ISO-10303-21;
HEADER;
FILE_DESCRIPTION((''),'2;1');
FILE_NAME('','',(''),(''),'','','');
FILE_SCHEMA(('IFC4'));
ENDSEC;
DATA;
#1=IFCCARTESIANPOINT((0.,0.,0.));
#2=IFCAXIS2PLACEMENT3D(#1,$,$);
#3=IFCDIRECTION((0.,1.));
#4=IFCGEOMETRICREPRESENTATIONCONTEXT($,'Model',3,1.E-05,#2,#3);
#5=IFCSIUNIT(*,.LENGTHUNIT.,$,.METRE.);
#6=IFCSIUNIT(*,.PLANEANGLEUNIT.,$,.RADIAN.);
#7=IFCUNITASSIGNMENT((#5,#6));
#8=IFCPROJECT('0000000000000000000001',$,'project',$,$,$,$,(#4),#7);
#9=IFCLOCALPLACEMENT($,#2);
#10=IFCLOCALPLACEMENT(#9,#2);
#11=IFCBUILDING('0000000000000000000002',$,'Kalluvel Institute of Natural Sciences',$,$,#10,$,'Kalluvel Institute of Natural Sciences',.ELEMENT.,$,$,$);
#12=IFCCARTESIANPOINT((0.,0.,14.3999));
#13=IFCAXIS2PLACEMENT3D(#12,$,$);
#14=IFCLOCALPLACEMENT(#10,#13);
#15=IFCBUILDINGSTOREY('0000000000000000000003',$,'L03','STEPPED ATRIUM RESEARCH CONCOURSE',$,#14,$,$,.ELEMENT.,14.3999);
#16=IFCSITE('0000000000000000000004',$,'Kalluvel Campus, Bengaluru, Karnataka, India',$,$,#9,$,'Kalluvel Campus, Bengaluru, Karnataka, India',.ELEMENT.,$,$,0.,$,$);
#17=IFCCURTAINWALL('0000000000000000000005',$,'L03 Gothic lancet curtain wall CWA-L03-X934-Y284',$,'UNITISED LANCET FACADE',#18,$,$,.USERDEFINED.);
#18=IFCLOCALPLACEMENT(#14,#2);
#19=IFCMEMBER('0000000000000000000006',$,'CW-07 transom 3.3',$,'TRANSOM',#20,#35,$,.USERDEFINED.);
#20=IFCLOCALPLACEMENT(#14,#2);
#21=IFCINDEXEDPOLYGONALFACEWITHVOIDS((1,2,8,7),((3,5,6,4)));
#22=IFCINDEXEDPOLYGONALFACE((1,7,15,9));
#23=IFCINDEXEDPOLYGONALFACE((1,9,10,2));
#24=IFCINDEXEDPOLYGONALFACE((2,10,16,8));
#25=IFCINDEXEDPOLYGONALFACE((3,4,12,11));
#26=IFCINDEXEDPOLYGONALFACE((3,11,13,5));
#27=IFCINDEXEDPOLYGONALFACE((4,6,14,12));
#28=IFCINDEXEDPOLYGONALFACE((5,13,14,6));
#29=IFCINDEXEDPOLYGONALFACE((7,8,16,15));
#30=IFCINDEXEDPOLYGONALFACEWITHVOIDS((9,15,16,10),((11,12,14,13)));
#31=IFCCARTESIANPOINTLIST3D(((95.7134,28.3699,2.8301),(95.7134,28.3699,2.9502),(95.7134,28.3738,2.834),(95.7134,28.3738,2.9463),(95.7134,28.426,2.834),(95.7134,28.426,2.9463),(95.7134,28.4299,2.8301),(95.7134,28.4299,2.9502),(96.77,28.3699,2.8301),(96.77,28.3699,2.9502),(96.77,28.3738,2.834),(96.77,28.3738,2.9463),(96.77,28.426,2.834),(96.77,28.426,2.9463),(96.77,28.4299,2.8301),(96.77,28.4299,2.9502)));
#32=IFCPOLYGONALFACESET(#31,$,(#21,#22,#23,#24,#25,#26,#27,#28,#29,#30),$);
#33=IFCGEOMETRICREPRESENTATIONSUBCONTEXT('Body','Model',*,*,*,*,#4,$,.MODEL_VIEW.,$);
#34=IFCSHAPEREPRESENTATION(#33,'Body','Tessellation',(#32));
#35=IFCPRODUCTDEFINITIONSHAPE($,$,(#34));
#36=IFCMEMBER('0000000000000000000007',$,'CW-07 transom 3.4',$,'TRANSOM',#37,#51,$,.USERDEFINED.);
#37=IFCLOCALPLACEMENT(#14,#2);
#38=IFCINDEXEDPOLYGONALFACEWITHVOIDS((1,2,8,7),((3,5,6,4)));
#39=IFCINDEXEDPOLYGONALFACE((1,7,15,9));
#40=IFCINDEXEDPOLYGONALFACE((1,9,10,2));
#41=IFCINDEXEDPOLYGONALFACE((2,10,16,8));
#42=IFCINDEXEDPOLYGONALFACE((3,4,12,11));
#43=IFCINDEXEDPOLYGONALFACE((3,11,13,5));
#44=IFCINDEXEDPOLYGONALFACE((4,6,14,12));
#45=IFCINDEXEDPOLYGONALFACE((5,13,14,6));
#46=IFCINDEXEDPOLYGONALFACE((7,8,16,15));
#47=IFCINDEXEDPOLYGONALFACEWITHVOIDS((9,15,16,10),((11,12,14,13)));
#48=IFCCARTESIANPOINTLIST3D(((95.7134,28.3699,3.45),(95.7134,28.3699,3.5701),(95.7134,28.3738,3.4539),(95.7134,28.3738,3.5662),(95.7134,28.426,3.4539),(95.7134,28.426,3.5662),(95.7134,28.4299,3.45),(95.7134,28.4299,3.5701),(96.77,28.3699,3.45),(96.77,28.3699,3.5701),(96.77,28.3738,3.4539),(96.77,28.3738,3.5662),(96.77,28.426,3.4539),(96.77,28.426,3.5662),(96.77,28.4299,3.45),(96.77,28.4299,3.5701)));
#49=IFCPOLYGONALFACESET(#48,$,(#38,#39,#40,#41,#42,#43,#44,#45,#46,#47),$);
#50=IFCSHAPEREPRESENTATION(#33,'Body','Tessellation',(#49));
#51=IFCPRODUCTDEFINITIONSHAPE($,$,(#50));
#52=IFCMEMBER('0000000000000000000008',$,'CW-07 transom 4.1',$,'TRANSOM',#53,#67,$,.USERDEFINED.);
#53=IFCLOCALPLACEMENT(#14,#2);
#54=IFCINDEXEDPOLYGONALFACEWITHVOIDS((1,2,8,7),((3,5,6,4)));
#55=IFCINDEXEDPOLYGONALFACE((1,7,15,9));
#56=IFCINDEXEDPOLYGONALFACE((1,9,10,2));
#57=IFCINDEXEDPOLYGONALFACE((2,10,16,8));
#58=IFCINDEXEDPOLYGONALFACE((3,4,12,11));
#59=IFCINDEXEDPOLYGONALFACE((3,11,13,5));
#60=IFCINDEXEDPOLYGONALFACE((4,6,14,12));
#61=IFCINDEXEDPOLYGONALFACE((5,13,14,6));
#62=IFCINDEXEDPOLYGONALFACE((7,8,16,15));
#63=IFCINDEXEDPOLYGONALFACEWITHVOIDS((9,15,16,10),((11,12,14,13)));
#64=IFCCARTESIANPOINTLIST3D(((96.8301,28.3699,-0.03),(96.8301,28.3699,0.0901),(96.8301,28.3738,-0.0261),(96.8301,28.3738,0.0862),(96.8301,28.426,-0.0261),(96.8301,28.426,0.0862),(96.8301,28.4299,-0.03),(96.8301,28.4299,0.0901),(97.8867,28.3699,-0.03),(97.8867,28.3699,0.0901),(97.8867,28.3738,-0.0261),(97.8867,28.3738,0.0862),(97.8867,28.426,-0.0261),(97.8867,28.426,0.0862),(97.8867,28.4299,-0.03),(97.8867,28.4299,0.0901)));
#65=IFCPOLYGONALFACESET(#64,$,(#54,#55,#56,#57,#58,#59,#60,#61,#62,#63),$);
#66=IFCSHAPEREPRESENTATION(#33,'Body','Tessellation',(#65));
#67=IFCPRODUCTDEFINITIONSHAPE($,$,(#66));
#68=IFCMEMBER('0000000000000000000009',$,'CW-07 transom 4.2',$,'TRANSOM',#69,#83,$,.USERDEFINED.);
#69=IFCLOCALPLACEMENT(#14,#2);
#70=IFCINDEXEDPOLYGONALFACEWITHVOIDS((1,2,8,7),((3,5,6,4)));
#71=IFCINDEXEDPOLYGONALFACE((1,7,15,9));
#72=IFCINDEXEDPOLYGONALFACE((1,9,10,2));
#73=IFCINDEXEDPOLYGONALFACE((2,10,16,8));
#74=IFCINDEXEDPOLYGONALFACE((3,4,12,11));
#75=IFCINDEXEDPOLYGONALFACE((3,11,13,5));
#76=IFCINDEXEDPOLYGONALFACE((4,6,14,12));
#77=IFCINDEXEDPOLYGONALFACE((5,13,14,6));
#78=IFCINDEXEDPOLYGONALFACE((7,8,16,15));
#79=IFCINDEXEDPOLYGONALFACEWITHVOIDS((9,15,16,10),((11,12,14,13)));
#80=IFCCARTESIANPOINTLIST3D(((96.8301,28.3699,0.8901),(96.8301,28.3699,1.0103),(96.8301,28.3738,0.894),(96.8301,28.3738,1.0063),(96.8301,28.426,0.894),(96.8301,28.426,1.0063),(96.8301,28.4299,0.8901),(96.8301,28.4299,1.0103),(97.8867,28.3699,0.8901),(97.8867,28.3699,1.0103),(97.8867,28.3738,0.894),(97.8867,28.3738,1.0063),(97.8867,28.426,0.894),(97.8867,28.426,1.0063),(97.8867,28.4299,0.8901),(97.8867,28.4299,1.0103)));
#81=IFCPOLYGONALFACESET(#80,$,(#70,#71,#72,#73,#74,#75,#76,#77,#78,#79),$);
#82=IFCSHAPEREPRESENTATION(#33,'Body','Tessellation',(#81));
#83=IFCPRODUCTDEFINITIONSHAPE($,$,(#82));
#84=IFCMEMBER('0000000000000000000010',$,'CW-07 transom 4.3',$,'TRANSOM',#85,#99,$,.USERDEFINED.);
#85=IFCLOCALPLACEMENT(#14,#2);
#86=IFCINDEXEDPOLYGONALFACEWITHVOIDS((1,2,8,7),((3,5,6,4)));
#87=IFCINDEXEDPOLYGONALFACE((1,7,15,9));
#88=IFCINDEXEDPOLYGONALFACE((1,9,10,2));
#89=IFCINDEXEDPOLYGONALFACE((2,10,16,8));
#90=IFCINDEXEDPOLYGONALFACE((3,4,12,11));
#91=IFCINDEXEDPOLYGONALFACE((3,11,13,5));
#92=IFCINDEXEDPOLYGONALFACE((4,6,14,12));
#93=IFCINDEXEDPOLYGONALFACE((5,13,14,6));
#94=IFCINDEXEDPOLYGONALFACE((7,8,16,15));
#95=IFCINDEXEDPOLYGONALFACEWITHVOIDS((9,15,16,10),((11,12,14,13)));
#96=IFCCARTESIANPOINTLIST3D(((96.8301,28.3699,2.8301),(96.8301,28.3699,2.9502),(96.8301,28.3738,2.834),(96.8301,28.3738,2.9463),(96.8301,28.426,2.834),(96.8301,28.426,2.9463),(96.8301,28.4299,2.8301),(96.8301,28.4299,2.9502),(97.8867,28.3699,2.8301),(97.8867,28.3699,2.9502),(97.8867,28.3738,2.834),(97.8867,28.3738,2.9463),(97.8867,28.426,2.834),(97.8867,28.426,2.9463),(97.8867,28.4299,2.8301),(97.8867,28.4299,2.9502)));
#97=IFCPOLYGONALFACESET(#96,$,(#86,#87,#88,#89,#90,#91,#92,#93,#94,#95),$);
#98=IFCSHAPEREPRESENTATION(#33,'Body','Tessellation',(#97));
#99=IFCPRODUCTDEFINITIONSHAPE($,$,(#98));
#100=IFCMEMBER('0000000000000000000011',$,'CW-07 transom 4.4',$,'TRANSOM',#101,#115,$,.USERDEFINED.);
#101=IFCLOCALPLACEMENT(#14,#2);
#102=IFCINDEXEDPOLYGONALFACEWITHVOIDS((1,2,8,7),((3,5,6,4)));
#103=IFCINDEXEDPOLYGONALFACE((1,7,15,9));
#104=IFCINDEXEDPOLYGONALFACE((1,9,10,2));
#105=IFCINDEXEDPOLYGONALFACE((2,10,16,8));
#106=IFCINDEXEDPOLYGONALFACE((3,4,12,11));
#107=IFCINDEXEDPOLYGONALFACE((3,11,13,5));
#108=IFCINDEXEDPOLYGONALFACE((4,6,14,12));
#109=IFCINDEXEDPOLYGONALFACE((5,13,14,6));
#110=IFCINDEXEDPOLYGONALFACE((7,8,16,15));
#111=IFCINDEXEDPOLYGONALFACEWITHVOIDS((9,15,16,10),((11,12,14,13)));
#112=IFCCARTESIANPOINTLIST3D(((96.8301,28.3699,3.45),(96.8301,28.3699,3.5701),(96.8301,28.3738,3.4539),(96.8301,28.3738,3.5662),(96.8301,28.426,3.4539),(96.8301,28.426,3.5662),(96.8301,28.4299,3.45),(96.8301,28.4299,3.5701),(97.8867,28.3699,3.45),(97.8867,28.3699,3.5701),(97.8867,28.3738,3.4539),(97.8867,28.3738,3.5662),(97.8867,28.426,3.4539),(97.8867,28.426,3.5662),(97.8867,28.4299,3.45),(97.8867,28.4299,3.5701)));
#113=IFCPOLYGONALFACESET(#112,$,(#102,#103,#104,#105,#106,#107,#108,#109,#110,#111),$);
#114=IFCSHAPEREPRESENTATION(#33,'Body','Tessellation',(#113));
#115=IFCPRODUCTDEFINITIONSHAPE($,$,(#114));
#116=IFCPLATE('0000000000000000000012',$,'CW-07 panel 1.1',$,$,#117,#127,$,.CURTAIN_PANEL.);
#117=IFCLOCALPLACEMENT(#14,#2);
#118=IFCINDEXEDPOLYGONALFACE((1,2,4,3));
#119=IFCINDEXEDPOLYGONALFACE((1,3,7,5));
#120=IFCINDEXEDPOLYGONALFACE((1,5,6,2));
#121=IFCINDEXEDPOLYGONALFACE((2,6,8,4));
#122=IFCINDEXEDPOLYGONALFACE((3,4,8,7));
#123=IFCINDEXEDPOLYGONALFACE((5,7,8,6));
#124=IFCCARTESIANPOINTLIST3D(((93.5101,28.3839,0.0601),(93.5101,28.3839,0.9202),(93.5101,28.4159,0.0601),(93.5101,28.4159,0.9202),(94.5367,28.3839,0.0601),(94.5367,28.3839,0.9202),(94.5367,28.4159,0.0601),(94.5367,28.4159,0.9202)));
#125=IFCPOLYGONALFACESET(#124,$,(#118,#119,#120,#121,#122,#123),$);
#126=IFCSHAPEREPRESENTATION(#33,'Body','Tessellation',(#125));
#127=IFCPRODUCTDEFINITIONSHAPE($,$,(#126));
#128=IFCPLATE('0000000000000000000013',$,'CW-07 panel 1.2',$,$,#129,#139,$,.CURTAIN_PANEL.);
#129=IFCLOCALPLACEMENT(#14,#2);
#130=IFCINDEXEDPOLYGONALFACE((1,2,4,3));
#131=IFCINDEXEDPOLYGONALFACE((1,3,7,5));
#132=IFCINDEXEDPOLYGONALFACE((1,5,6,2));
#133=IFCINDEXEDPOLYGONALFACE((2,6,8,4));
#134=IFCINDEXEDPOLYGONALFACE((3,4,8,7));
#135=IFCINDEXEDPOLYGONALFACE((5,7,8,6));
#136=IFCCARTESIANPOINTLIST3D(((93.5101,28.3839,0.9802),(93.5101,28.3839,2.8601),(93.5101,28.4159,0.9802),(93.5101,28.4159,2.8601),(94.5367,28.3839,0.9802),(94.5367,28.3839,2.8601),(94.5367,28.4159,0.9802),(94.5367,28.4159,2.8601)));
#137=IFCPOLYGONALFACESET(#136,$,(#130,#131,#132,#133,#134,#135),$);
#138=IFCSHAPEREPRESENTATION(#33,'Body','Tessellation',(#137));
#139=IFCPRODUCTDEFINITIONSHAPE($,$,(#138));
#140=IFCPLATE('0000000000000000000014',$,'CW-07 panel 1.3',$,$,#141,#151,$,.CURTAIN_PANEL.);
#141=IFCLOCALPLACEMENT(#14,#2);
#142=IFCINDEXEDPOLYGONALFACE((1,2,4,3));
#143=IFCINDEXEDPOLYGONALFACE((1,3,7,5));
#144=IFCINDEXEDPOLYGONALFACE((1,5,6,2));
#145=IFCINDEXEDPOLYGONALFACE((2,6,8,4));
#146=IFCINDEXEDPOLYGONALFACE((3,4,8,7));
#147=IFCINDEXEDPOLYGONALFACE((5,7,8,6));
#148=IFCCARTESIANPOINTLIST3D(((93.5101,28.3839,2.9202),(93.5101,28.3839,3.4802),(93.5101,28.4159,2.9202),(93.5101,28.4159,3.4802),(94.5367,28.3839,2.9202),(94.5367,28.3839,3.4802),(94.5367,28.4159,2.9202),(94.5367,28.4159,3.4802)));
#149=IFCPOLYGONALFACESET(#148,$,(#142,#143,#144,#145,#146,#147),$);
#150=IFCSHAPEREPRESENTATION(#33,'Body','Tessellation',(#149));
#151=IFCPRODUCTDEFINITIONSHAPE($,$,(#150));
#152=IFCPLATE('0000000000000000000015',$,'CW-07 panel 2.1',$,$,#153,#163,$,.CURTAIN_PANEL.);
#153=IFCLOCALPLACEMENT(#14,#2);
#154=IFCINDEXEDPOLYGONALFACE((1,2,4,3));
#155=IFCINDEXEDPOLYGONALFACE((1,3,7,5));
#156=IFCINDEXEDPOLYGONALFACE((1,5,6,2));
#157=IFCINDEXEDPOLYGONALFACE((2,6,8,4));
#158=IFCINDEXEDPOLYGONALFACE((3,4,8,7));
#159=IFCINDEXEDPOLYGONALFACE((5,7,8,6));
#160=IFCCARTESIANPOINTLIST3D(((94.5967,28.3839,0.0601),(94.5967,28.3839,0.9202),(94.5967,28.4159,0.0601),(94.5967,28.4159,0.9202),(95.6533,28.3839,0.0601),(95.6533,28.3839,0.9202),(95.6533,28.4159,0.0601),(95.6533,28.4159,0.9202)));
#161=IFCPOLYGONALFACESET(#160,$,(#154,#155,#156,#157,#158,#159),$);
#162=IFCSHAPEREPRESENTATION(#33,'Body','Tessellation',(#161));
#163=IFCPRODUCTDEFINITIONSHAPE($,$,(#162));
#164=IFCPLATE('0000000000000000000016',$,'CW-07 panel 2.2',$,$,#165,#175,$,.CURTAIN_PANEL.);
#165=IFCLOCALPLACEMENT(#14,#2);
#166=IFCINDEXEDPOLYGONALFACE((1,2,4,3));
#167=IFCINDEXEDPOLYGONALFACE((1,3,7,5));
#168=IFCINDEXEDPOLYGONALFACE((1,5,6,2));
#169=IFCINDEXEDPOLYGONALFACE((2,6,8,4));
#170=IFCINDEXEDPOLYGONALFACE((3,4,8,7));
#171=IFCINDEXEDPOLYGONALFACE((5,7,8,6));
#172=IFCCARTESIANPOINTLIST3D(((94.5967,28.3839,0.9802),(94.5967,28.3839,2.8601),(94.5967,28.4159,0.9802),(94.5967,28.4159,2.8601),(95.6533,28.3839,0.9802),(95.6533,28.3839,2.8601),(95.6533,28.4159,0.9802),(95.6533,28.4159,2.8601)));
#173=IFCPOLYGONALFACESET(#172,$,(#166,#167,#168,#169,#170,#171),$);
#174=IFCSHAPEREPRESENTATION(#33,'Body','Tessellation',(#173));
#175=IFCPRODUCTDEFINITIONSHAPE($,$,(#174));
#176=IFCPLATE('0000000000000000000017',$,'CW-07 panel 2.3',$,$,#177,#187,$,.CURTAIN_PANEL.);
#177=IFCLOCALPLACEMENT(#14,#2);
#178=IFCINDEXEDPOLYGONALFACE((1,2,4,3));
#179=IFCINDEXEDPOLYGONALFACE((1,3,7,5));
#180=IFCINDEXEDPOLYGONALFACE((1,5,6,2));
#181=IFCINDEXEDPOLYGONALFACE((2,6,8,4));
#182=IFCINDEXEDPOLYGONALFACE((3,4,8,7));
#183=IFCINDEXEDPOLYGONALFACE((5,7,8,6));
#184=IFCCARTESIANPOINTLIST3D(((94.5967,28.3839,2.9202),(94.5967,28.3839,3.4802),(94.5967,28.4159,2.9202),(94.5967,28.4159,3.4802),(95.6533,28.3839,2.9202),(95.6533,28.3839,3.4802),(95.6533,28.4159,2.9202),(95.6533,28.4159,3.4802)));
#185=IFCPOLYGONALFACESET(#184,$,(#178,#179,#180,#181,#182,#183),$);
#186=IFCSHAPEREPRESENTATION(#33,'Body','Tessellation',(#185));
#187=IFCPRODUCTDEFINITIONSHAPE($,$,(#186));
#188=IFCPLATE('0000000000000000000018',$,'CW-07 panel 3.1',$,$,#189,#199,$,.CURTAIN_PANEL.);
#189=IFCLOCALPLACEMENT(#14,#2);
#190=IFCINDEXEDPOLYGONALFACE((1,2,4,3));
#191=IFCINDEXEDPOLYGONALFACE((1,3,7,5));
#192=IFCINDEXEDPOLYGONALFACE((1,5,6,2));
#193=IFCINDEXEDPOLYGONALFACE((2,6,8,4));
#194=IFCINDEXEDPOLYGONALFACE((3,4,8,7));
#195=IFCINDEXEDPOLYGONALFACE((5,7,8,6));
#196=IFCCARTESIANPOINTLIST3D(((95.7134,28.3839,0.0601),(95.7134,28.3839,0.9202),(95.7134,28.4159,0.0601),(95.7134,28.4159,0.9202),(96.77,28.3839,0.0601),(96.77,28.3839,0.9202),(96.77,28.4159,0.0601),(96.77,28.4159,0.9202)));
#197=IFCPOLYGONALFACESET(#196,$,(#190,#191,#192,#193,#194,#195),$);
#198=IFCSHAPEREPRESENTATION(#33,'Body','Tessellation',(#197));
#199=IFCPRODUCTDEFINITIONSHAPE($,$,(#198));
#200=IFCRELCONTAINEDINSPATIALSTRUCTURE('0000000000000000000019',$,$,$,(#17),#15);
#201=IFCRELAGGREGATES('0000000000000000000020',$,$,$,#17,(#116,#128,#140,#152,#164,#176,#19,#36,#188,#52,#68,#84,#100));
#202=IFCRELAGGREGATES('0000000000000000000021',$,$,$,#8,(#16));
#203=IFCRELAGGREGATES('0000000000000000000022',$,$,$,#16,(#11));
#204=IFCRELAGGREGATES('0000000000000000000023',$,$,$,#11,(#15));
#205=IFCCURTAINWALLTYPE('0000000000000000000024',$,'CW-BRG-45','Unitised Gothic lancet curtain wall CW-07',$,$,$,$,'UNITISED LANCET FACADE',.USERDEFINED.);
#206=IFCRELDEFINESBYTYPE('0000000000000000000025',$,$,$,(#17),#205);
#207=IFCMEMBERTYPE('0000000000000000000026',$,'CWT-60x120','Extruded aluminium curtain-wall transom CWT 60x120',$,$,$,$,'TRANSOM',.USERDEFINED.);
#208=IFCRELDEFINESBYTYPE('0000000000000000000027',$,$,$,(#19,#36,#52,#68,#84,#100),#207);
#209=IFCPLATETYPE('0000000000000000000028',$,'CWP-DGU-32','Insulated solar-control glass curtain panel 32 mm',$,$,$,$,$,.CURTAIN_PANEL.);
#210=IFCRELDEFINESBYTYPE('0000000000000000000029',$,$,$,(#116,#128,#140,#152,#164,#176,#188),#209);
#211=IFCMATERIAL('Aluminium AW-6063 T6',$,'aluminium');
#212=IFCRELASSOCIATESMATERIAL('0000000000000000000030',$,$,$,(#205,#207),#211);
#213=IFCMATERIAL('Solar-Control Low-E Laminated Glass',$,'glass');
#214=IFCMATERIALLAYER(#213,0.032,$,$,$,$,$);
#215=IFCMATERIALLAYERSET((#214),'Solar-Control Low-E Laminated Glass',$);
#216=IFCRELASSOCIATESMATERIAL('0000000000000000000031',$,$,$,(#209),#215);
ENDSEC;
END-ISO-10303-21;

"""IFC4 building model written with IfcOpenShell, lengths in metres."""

from ifc_helpers import new_model, si_unit, direction, frame, origin, origin_2d, place, context, subcontext, project, spatial, rectangle, hollow_rectangle, extrude, material, layer, layer_set, material_profile, profile_set, type_object, element, aggregate, save


model = new_model("IFC4")

# Units and contexts
model_context = context("Model", 3, precision=1e-05, world=origin(), true_north=direction((0.0, 1.0)))
body_context = subcontext(model_context, "Body", "Model", "MODEL_VIEW")
ifc_project = project(units=[si_unit("LENGTHUNIT", "METRE"), si_unit("PLANEANGLEUNIT", "RADIAN")], contexts=[model_context])

# Site, building, storey
site_placement = place(None, origin())
site = spatial("IfcSite", under=ifc_project, at=site_placement, Name="Kalluvel Campus, Bengaluru, Karnataka, India", LongName="Kalluvel Campus, Bengaluru, Karnataka, India", CompositionType="ELEMENT", RefElevation=0.0)
building_placement = place(site_placement, origin())
building = spatial("IfcBuilding", under=site, at=building_placement, Name="Kalluvel Institute of Natural Sciences", LongName="Kalluvel Institute of Natural Sciences", CompositionType="ELEMENT")
storey_placement = place(building_placement, frame((0.0, 0.0, 14.3999)))
storey = spatial("IfcBuildingStorey", under=building, at=storey_placement, Name="L03", Description="STEPPED ATRIUM RESEARCH CONCOURSE", CompositionType="ELEMENT", Elevation=14.3999)

# Curtain wall, members, plates
ifc_material_1 = material(Name="Aluminium AW-6063 T6", Category="aluminium")
curtain_wall_type = type_object("IfcCurtainWallType", Name="CW-BRG-45", Description="Unitised Gothic lancet curtain wall CW-07", ElementType="UNITISED LANCET FACADE", PredefinedType="USERDEFINED", material=ifc_material_1)
curtain_wall_placement = place(storey_placement, origin())
curtain_wall = element("IfcCurtainWall", 1, at=curtain_wall_placement, inside=storey, type_object=curtain_wall_type, Name="L03 Gothic lancet curtain wall CWA-L03-X934-Y284", ObjectType="UNITISED LANCET FACADE", PredefinedType="USERDEFINED")
ifc_material_profile_1 = material_profile(ifc_material_1, hollow_rectangle(XDim=0.0601, YDim=0.1201, WallThickness=0.0039, at=origin_2d()), Name="CWT 60x120")
ifc_profile_set_1 = profile_set([ifc_material_profile_1], Name="Aluminium AW-6063 T6")
member_type_1 = type_object("IfcMemberType", Name="CWT-60x120", Description="Extruded aluminium curtain-wall transom CWT 60x120", ElementType="TRANSOM", PredefinedType="USERDEFINED", material=ifc_profile_set_1)
member_1_placement = place(storey_placement, frame((95.7134, 28.3999, 2.8901), z_axis=(1.0, 0.0, 0.0), x_axis=(0.0, 1.0, 0.0)))
member_1 = element("IfcMember", 2, at=member_1_placement, type_object=member_type_1, Name="CW-07 transom 3.3", ObjectType="TRANSOM", PredefinedType="USERDEFINED", context=body_context, shape_type="SweptSolid", body=[
    extrude(hollow_rectangle(XDim=0.0601, YDim=0.1201, WallThickness=0.0039, at=origin_2d()), origin(), (0.0, 0.0, 1.0), 1.0566),
])
member_2_placement = place(storey_placement, frame((95.7134, 28.3999, 3.51), z_axis=(1.0, 0.0, 0.0), x_axis=(0.0, 1.0, 0.0)))
member_2 = element("IfcMember", 3, at=member_2_placement, type_object=member_type_1, Name="CW-07 transom 3.4", ObjectType="TRANSOM", PredefinedType="USERDEFINED", context=body_context, shape_type="SweptSolid", body=[
    extrude(hollow_rectangle(XDim=0.0601, YDim=0.1201, WallThickness=0.0039, at=origin_2d()), origin(), (0.0, 0.0, 1.0), 1.0566),
])
member_3_placement = place(storey_placement, frame((96.8301, 28.3999, 0.03), z_axis=(1.0, 0.0, 0.0), x_axis=(0.0, 1.0, 0.0)))
member_3 = element("IfcMember", 4, at=member_3_placement, type_object=member_type_1, Name="CW-07 transom 4.1", ObjectType="TRANSOM", PredefinedType="USERDEFINED", context=body_context, shape_type="SweptSolid", body=[
    extrude(hollow_rectangle(XDim=0.0601, YDim=0.1201, WallThickness=0.0039, at=origin_2d()), origin(), (0.0, 0.0, 1.0), 1.0566),
])
member_4_placement = place(storey_placement, frame((96.8301, 28.3999, 0.9502), z_axis=(1.0, 0.0, 0.0), x_axis=(0.0, 1.0, 0.0)))
member_4 = element("IfcMember", 5, at=member_4_placement, type_object=member_type_1, Name="CW-07 transom 4.2", ObjectType="TRANSOM", PredefinedType="USERDEFINED", context=body_context, shape_type="SweptSolid", body=[
    extrude(hollow_rectangle(XDim=0.0601, YDim=0.1201, WallThickness=0.0039, at=origin_2d()), origin(), (0.0, 0.0, 1.0), 1.0566),
])
member_5_placement = place(storey_placement, frame((96.8301, 28.3999, 2.8901), z_axis=(1.0, 0.0, 0.0), x_axis=(0.0, 1.0, 0.0)))
member_5 = element("IfcMember", 6, at=member_5_placement, type_object=member_type_1, Name="CW-07 transom 4.3", ObjectType="TRANSOM", PredefinedType="USERDEFINED", context=body_context, shape_type="SweptSolid", body=[
    extrude(hollow_rectangle(XDim=0.0601, YDim=0.1201, WallThickness=0.0039, at=origin_2d()), origin(), (0.0, 0.0, 1.0), 1.0566),
])
member_6_placement = place(storey_placement, frame((96.8301, 28.3999, 3.51), z_axis=(1.0, 0.0, 0.0), x_axis=(0.0, 1.0, 0.0)))
member_6 = element("IfcMember", 7, at=member_6_placement, type_object=member_type_1, Name="CW-07 transom 4.4", ObjectType="TRANSOM", PredefinedType="USERDEFINED", context=body_context, shape_type="SweptSolid", body=[
    extrude(hollow_rectangle(XDim=0.0601, YDim=0.1201, WallThickness=0.0039, at=origin_2d()), origin(), (0.0, 0.0, 1.0), 1.0566),
])
ifc_material_2 = material(Name="Solar-Control Low-E Laminated Glass", Category="glass")
ifc_layer = layer(ifc_material_2, 0.032)
ifc_layer_set = layer_set([ifc_layer], Name="Solar-Control Low-E Laminated Glass")
plate_type = type_object("IfcPlateType", Name="CWP-DGU-32", Description="Insulated solar-control glass curtain panel 32 mm", PredefinedType="CURTAIN_PANEL", material=ifc_layer_set)
plate_1_placement = place(storey_placement, frame((94.0234, 28.3999, 0.0601), z_axis=(0.0, 0.0, 1.0), x_axis=(1.0, 0.0, 0.0)))
plate_1 = element("IfcPlate", 8, at=plate_1_placement, type_object=plate_type, Name="CW-07 panel 1.1", PredefinedType="CURTAIN_PANEL", context=body_context, shape_type="SweptSolid", body=[
    extrude(rectangle(XDim=1.0266, YDim=0.032, at=origin_2d()), origin(), (0.0, 0.0, 1.0), 0.8601),
])
plate_2_placement = place(storey_placement, frame((94.0234, 28.3999, 0.9802), z_axis=(0.0, 0.0, 1.0), x_axis=(1.0, 0.0, 0.0)))
plate_2 = element("IfcPlate", 9, at=plate_2_placement, type_object=plate_type, Name="CW-07 panel 1.2", PredefinedType="CURTAIN_PANEL", context=body_context, shape_type="SweptSolid", body=[
    extrude(rectangle(XDim=1.0266, YDim=0.032, at=origin_2d()), origin(), (0.0, 0.0, 1.0), 1.8799),
])
plate_3_placement = place(storey_placement, frame((94.0234, 28.3999, 2.9202), z_axis=(0.0, 0.0, 1.0), x_axis=(1.0, 0.0, 0.0)))
plate_3 = element("IfcPlate", 10, at=plate_3_placement, type_object=plate_type, Name="CW-07 panel 1.3", PredefinedType="CURTAIN_PANEL", context=body_context, shape_type="SweptSolid", body=[
    extrude(rectangle(XDim=1.0266, YDim=0.032, at=origin_2d()), origin(), (0.0, 0.0, 1.0), 0.5601),
])
plate_4_placement = place(storey_placement, frame((95.125, 28.3999, 0.0601), z_axis=(0.0, 0.0, 1.0), x_axis=(1.0, 0.0, 0.0)))
plate_4 = element("IfcPlate", 11, at=plate_4_placement, type_object=plate_type, Name="CW-07 panel 2.1", PredefinedType="CURTAIN_PANEL", context=body_context, shape_type="SweptSolid", body=[
    extrude(rectangle(XDim=1.0566, YDim=0.032, at=origin_2d()), origin(), (0.0, 0.0, 1.0), 0.8601),
])
plate_5_placement = place(storey_placement, frame((95.125, 28.3999, 0.9802), z_axis=(0.0, 0.0, 1.0), x_axis=(1.0, 0.0, 0.0)))
plate_5 = element("IfcPlate", 12, at=plate_5_placement, type_object=plate_type, Name="CW-07 panel 2.2", PredefinedType="CURTAIN_PANEL", context=body_context, shape_type="SweptSolid", body=[
    extrude(rectangle(XDim=1.0566, YDim=0.032, at=origin_2d()), origin(), (0.0, 0.0, 1.0), 1.8799),
])
plate_6_placement = place(storey_placement, frame((95.125, 28.3999, 2.9202), z_axis=(0.0, 0.0, 1.0), x_axis=(1.0, 0.0, 0.0)))
plate_6 = element("IfcPlate", 13, at=plate_6_placement, type_object=plate_type, Name="CW-07 panel 2.3", PredefinedType="CURTAIN_PANEL", context=body_context, shape_type="SweptSolid", body=[
    extrude(rectangle(XDim=1.0566, YDim=0.032, at=origin_2d()), origin(), (0.0, 0.0, 1.0), 0.5601),
])
plate_7_placement = place(storey_placement, frame((96.2417, 28.3999, 0.0601), z_axis=(0.0, 0.0, 1.0), x_axis=(1.0, 0.0, 0.0)))
plate_7 = element("IfcPlate", 14, at=plate_7_placement, type_object=plate_type, Name="CW-07 panel 3.1", PredefinedType="CURTAIN_PANEL", context=body_context, shape_type="SweptSolid", body=[
    extrude(rectangle(XDim=1.0566, YDim=0.032, at=origin_2d()), origin(), (0.0, 0.0, 1.0), 0.8601),
])
aggregate(curtain_wall, [plate_1, plate_2, plate_3, plate_4, plate_5, plate_6, member_1, member_2, plate_7, member_3, member_4, member_5, member_6])

save(model, "model.ifc")
